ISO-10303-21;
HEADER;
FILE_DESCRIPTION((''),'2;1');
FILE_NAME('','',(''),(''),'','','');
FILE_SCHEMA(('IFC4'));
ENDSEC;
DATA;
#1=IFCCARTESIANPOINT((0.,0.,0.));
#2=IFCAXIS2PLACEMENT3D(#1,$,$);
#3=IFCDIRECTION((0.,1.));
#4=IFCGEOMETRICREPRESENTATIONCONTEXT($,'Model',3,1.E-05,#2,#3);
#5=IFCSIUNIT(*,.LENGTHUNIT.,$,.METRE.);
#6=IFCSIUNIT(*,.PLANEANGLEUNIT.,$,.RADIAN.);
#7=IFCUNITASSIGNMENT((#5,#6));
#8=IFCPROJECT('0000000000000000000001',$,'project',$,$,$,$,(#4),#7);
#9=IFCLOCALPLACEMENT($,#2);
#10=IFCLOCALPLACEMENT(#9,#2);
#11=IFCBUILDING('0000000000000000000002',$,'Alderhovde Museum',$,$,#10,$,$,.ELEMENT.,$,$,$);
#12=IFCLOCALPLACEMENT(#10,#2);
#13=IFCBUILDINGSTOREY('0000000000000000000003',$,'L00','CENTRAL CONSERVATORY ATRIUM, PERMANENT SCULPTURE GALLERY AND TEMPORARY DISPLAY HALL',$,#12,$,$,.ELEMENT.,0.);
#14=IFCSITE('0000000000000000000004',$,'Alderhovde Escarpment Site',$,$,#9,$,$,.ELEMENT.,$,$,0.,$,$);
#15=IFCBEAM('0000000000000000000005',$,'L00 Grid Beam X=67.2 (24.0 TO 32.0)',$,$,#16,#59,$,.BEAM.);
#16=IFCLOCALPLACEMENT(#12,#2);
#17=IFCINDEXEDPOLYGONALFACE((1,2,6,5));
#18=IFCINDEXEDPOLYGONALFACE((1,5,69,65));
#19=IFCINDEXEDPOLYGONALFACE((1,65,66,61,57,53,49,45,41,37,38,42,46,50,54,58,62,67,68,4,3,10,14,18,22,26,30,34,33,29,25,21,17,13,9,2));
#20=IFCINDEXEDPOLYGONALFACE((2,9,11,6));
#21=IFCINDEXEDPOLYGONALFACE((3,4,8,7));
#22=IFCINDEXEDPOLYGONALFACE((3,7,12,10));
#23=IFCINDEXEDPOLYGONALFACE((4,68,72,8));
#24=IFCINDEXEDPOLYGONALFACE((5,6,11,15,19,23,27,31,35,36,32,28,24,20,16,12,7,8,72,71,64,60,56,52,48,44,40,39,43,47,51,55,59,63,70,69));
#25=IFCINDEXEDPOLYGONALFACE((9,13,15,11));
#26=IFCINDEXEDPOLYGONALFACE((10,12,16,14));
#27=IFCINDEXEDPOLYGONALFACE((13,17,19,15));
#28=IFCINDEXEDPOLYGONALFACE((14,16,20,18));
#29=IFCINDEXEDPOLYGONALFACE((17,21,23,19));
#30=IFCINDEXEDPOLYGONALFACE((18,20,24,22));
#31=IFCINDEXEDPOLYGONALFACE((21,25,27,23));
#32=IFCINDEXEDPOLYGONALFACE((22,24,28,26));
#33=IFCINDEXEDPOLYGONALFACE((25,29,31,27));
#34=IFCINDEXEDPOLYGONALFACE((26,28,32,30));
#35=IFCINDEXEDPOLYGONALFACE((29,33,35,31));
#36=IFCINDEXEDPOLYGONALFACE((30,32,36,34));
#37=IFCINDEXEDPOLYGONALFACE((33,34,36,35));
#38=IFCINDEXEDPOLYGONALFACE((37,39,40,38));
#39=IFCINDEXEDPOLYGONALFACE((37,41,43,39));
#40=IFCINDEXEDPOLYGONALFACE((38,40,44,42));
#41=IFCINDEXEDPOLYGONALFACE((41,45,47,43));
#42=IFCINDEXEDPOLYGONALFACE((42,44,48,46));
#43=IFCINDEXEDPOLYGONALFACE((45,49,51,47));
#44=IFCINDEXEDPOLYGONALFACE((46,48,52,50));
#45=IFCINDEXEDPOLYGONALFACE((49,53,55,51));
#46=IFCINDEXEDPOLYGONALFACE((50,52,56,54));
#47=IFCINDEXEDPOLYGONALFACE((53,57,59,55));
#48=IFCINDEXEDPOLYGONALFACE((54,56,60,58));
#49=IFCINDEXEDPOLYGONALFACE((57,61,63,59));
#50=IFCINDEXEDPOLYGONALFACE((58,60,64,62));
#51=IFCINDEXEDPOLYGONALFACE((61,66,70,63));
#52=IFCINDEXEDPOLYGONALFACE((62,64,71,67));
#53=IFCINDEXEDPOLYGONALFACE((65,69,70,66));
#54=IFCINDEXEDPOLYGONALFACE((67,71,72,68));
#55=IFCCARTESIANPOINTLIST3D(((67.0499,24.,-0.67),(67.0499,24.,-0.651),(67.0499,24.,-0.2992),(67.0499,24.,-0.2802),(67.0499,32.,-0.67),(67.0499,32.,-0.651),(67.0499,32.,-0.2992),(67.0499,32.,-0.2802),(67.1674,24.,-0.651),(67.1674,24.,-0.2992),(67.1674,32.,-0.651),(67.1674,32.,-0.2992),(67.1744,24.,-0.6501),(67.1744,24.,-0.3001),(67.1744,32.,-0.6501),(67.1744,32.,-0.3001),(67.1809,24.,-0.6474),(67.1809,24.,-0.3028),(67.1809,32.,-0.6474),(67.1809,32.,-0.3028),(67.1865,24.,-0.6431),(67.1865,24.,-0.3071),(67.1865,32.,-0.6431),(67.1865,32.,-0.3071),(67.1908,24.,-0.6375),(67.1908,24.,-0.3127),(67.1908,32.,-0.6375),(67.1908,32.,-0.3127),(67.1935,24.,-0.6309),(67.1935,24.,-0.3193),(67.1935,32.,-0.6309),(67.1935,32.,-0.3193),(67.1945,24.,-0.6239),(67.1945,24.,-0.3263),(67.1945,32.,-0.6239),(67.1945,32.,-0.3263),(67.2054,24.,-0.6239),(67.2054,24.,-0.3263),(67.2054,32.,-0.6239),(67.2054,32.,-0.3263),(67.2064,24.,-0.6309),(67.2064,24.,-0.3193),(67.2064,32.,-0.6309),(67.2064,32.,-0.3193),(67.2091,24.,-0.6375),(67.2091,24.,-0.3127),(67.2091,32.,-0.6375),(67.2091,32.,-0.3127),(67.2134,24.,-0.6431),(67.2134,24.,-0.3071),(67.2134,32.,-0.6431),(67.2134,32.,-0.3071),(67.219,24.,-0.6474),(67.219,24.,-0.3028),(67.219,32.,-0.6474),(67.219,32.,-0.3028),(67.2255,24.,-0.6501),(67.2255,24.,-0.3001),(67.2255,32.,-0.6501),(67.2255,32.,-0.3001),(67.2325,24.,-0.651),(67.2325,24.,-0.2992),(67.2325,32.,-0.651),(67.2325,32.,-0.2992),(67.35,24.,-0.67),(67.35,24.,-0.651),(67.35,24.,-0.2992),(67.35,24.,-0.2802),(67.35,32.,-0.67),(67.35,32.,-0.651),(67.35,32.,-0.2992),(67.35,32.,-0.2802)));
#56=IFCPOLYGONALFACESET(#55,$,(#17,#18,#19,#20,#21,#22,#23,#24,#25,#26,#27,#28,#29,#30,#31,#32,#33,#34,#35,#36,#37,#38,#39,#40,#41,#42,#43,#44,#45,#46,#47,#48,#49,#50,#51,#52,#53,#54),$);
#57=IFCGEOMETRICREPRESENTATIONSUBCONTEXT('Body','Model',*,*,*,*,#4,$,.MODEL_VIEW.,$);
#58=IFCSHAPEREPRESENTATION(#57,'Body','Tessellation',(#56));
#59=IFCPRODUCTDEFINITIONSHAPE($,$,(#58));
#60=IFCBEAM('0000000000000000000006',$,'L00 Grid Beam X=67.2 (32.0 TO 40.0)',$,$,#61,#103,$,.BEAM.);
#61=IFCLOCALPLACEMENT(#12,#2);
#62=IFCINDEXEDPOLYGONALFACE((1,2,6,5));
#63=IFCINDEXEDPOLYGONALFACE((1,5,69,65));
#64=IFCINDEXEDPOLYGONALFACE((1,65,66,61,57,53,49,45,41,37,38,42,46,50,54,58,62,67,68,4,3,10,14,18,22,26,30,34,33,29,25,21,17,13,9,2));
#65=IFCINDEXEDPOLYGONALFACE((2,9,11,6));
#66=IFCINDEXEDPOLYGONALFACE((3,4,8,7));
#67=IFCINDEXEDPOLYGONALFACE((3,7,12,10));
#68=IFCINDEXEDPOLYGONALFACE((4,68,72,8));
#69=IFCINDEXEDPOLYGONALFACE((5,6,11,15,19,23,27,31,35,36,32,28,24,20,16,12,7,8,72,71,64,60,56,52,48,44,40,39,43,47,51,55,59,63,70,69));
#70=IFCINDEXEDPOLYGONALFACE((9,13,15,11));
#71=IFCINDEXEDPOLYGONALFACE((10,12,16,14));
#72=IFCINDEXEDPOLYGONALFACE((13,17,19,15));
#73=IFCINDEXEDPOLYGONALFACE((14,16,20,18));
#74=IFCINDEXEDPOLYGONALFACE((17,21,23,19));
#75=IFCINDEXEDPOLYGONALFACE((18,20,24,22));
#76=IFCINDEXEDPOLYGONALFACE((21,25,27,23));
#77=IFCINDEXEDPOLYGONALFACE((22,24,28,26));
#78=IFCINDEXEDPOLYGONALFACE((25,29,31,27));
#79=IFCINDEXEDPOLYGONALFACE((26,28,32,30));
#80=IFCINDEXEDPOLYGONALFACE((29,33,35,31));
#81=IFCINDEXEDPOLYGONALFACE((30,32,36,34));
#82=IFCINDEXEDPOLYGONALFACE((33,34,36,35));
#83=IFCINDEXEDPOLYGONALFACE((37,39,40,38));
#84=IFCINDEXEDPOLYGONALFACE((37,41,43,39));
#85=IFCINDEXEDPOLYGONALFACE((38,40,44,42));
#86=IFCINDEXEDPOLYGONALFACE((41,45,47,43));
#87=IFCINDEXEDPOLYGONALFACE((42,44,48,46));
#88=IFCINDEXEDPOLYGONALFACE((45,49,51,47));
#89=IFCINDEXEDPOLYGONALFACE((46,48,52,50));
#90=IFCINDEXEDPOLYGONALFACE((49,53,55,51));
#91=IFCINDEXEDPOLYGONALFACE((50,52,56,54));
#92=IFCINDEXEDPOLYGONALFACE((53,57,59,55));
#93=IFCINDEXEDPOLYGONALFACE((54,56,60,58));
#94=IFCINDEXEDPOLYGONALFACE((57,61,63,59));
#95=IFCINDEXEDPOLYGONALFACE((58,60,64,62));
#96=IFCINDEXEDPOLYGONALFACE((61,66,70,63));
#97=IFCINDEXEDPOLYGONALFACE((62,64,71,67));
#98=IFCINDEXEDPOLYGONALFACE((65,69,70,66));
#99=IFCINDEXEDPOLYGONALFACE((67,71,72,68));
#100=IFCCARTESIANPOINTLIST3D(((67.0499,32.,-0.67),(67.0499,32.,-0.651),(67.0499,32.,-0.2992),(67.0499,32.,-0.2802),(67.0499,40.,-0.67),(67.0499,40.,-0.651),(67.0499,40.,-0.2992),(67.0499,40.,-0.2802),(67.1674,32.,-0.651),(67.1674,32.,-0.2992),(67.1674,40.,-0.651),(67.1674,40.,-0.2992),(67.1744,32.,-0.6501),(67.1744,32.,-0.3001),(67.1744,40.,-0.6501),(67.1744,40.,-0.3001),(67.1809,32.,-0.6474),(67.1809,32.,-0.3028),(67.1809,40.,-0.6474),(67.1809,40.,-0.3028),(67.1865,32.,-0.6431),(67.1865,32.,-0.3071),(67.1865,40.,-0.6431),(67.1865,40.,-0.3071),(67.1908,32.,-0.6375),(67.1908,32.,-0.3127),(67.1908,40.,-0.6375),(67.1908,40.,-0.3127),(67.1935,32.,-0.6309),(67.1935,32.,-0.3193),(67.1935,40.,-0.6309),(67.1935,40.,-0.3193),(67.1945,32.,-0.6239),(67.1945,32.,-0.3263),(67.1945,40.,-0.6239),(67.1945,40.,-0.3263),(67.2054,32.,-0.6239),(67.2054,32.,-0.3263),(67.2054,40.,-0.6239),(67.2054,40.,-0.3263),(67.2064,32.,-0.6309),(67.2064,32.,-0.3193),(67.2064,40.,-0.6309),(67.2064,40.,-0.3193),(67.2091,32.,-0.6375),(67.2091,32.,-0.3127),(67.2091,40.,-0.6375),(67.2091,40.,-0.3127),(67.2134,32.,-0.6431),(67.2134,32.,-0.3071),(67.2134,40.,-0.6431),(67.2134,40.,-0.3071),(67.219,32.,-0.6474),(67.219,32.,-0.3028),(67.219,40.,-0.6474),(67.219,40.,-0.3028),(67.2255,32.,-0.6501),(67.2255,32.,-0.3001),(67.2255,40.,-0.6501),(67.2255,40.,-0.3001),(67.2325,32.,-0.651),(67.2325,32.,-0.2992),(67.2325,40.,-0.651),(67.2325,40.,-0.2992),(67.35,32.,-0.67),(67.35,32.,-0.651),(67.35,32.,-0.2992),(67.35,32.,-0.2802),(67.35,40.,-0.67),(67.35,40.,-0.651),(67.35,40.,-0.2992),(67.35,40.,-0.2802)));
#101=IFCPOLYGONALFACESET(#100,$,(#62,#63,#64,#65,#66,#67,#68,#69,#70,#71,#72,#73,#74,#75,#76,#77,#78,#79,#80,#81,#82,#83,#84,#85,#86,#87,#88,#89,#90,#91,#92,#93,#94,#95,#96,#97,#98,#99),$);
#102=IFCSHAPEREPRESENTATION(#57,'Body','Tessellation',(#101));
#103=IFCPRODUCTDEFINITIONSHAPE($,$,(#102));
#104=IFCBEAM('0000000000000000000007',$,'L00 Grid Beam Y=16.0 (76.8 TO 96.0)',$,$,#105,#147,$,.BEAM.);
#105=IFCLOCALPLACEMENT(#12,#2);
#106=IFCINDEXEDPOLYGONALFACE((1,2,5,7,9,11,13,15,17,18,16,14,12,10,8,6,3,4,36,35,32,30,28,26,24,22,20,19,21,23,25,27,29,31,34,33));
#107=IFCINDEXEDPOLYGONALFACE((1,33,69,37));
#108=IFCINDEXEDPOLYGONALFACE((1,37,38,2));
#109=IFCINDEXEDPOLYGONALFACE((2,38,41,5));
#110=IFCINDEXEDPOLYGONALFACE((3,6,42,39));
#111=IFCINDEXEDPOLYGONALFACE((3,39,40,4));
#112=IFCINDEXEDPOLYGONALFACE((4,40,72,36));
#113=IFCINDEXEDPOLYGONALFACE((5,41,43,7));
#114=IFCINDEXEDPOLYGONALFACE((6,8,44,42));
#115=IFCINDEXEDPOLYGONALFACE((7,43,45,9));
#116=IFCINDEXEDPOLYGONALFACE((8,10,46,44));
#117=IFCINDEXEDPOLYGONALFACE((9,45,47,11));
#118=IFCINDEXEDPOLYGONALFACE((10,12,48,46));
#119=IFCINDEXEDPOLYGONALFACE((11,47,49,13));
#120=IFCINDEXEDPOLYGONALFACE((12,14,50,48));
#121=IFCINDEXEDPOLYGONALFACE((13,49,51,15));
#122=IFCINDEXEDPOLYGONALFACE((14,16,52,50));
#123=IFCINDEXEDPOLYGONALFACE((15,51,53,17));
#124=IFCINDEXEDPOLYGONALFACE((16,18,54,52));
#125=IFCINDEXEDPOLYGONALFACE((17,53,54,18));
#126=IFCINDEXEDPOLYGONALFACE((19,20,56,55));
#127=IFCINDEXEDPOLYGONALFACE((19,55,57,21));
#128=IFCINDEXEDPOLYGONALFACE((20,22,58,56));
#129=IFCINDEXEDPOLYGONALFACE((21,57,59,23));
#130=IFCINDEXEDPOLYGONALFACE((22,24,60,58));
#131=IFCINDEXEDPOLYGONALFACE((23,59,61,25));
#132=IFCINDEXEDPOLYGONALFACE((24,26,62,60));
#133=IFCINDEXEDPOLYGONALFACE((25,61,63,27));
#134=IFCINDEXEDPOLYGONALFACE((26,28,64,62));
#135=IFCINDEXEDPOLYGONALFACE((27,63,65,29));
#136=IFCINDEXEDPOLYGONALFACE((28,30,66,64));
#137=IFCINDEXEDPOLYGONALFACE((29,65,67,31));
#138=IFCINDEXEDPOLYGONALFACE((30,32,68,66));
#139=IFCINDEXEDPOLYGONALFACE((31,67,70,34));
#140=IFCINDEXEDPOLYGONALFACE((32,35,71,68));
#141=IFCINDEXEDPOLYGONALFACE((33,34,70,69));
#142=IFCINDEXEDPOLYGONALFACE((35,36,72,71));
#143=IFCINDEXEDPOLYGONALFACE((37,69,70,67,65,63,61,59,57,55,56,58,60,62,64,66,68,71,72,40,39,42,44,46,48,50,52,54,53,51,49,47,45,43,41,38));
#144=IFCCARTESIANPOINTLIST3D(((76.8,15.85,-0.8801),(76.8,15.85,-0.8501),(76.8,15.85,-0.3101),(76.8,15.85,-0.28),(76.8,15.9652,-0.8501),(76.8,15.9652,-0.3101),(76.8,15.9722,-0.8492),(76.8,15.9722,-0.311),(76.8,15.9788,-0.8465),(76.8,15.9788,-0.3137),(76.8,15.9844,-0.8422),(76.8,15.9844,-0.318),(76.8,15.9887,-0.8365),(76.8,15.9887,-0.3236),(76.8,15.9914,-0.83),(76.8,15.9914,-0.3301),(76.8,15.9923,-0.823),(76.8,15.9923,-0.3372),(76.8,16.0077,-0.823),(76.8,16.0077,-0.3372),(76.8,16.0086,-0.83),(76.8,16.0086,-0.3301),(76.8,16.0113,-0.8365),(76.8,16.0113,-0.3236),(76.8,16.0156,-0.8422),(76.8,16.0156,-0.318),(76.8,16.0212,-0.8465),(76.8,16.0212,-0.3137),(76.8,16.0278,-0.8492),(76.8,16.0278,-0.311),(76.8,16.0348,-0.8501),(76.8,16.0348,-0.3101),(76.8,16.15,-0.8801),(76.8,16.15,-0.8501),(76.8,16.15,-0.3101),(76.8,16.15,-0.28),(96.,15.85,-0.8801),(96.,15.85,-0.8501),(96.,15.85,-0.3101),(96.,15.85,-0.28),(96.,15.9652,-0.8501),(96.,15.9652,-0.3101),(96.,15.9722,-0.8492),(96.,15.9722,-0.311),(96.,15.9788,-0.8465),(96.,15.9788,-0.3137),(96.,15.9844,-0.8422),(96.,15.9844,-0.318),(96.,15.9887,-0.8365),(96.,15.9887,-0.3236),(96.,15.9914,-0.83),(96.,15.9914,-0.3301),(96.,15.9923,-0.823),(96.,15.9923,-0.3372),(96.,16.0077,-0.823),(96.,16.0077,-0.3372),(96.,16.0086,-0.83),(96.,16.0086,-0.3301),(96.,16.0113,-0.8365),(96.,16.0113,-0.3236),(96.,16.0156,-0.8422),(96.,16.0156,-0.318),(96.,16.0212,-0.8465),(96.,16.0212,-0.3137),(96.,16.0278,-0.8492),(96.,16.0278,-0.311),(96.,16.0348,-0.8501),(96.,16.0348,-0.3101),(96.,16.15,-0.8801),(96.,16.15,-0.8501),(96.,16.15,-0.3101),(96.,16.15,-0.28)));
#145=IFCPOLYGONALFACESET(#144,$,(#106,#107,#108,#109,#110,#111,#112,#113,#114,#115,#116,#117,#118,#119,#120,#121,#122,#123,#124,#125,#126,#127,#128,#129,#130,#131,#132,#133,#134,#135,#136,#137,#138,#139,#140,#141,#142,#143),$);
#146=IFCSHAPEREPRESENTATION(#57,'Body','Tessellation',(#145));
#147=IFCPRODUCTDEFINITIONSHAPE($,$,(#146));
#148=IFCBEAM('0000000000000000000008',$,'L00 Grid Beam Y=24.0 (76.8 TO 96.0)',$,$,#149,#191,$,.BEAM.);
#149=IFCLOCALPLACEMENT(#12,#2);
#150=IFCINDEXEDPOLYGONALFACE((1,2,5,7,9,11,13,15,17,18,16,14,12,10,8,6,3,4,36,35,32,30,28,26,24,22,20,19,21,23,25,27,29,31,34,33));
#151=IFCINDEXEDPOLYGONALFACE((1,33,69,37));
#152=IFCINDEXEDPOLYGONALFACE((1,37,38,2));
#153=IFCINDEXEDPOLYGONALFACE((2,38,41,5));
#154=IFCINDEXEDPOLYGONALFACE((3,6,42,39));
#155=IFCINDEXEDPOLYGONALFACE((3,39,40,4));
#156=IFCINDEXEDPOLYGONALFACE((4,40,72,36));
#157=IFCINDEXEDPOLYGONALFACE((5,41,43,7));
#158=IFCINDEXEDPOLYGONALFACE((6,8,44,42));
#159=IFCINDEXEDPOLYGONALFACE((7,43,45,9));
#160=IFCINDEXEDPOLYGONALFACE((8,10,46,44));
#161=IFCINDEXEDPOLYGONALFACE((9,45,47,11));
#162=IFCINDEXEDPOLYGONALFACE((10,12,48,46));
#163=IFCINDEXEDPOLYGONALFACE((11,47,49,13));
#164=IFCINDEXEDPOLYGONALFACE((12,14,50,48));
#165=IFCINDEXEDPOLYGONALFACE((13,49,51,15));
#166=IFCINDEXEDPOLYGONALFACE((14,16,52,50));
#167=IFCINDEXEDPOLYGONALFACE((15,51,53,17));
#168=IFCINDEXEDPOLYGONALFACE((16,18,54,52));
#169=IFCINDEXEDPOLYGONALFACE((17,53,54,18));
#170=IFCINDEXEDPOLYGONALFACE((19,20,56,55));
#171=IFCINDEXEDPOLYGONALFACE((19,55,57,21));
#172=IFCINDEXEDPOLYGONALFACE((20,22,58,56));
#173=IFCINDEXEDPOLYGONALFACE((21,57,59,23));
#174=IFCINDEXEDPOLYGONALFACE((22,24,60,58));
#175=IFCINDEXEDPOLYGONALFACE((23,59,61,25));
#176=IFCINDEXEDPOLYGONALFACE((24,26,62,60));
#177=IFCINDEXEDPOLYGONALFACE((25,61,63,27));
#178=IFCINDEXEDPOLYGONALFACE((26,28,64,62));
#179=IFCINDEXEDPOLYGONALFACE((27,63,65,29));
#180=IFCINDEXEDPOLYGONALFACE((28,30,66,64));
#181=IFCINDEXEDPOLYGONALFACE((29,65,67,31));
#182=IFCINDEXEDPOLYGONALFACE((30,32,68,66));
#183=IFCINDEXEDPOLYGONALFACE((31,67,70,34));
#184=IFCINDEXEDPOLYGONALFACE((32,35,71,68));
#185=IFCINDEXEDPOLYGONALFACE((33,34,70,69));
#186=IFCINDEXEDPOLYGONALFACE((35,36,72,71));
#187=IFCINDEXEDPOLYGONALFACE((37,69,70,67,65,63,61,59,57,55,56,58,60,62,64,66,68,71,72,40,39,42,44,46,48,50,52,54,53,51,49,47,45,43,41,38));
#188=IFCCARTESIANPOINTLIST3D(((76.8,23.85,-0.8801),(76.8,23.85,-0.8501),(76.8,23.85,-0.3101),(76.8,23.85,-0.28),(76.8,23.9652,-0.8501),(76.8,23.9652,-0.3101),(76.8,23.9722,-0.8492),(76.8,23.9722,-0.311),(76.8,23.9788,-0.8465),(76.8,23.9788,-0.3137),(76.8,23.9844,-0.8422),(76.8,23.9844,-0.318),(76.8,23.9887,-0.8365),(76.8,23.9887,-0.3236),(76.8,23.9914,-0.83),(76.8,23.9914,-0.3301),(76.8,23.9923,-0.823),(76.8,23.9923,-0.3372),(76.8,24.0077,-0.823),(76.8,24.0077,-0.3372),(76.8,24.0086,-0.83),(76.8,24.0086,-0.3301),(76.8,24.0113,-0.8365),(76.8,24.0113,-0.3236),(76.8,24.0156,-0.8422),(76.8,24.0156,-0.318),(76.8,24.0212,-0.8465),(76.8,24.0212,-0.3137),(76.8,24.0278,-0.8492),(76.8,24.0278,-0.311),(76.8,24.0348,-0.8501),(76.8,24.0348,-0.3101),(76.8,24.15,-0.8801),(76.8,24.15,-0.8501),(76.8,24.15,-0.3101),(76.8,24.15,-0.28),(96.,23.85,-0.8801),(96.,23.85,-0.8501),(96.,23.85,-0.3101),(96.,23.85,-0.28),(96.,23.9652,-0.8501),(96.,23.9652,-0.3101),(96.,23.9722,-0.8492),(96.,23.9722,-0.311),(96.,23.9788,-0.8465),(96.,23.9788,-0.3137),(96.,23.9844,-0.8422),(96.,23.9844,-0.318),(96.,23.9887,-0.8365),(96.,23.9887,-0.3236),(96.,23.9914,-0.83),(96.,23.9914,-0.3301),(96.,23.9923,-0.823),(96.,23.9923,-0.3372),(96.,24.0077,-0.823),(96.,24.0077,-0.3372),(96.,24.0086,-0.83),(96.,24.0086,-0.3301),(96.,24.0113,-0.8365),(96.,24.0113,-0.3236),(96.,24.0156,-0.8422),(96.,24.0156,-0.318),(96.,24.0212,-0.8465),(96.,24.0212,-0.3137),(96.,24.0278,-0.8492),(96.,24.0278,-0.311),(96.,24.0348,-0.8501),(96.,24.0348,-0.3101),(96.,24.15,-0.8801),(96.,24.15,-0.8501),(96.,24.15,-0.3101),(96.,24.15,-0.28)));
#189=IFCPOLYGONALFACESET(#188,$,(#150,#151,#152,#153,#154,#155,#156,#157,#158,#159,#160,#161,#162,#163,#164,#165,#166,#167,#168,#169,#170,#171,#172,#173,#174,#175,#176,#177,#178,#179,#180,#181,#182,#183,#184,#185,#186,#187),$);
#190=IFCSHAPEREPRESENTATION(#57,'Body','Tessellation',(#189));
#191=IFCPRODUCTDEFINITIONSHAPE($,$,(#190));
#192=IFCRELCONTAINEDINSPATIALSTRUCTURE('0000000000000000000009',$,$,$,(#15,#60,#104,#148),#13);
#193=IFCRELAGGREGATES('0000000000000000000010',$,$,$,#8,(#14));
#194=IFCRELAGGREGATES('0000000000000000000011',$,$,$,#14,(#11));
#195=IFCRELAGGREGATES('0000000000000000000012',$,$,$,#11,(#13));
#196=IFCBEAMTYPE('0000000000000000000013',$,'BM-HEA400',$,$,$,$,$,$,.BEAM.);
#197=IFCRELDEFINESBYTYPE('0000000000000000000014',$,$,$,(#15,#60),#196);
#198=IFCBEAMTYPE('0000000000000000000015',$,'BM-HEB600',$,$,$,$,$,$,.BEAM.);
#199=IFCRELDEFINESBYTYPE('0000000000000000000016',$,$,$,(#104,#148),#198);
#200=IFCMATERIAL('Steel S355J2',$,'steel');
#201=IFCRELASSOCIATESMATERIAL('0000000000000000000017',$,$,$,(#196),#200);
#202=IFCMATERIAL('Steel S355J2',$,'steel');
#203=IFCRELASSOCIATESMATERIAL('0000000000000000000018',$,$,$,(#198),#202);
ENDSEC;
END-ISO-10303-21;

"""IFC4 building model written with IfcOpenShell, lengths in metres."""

from ifc_helpers import new_model, si_unit, direction, frame, origin, origin_2d, place, context, subcontext, project, spatial, i_section, extrude, material, material_profile, profile_set, type_object, element, save


model = new_model("IFC4")

# Units and contexts
model_context = context("Model", 3, precision=1e-05, world=origin(), true_north=direction((0.0, 1.0)))
body_context = subcontext(model_context, "Body", "Model", "MODEL_VIEW")
ifc_project = project(units=[si_unit("LENGTHUNIT", "METRE"), si_unit("PLANEANGLEUNIT", "RADIAN")], contexts=[model_context])

# Site, building, storey
site_placement = place(None, origin())
site = spatial("IfcSite", under=ifc_project, at=site_placement, Name="Alderhovde Escarpment Site", CompositionType="ELEMENT", RefElevation=0.0)
building_placement = place(site_placement, origin())
building = spatial("IfcBuilding", under=site, at=building_placement, Name="Alderhovde Museum", CompositionType="ELEMENT")
storey_placement = place(building_placement, origin())
storey = spatial("IfcBuildingStorey", under=building, at=storey_placement, Name="L00", Description="CENTRAL CONSERVATORY ATRIUM, PERMANENT SCULPTURE GALLERY AND TEMPORARY DISPLAY HALL", CompositionType="ELEMENT", Elevation=0.0)

# Beams
ifc_material_1 = material(Name="Steel S355J2", Category="steel")
ifc_material_profile_1 = material_profile(ifc_material_1, i_section(OverallWidth=0.3, OverallDepth=0.3899, WebThickness=0.011, FlangeThickness=0.019, FilletRadius=0.0271, at=origin_2d()), Name="HEA 400")
ifc_profile_set_1 = profile_set([ifc_material_profile_1], Name="Steel S355J2")
beam_type_1 = type_object("IfcBeamType", Name="BM-HEA400", PredefinedType="BEAM", material=ifc_profile_set_1)
for number, where, z_axis, x_axis, name in (
    (1, (67.2, 24.0, -0.4751), (0.0, 1.0, 0.0), (-1.0, 0.0, 0.0), "L00 Grid Beam X=67.2 (24.0 TO 32.0)"),
    (2, (67.2, 32.0, -0.4751), (0.0, 1.0, 0.0), (-1.0, 0.0, 0.0), "L00 Grid Beam X=67.2 (32.0 TO 40.0)"),
):
    element("IfcBeam", number, at=place(storey_placement, frame(where, z_axis=z_axis, x_axis=x_axis)), inside=storey, type_object=beam_type_1, Name=name, PredefinedType="BEAM", context=body_context, shape_type="SweptSolid", body=[
        extrude(i_section(OverallWidth=0.3, OverallDepth=0.3899, WebThickness=0.011, FlangeThickness=0.019, FilletRadius=0.0271, at=origin_2d()), origin(), (0.0, 0.0, 1.0), 8.0),
    ])
ifc_material_2 = material(Name="Steel S355J2", Category="steel")
ifc_material_profile_2 = material_profile(ifc_material_2, i_section(OverallWidth=0.3, OverallDepth=0.6001, WebThickness=0.0154, FlangeThickness=0.03, FilletRadius=0.0271, at=origin_2d()), Name="HEB 600")
ifc_profile_set_2 = profile_set([ifc_material_profile_2], Name="Steel S355J2")
beam_type_2 = type_object("IfcBeamType", Name="BM-HEB600", PredefinedType="BEAM", material=ifc_profile_set_2)
for number, where, z_axis, x_axis, name in (
    (3, (76.8, 16.0, -0.5801), (1.0, 0.0, 0.0), (0.0, 1.0, 0.0), "L00 Grid Beam Y=16.0 (76.8 TO 96.0)"),
    (4, (76.8, 24.0, -0.5801), (1.0, 0.0, 0.0), (0.0, 1.0, 0.0), "L00 Grid Beam Y=24.0 (76.8 TO 96.0)"),
):
    element("IfcBeam", number, at=place(storey_placement, frame(where, z_axis=z_axis, x_axis=x_axis)), inside=storey, type_object=beam_type_2, Name=name, PredefinedType="BEAM", context=body_context, shape_type="SweptSolid", body=[
        extrude(i_section(OverallWidth=0.3, OverallDepth=0.6001, WebThickness=0.0154, FlangeThickness=0.03, FilletRadius=0.0271, at=origin_2d()), origin(), (0.0, 0.0, 1.0), 19.2),
    ])

save(model, "model.ifc")
